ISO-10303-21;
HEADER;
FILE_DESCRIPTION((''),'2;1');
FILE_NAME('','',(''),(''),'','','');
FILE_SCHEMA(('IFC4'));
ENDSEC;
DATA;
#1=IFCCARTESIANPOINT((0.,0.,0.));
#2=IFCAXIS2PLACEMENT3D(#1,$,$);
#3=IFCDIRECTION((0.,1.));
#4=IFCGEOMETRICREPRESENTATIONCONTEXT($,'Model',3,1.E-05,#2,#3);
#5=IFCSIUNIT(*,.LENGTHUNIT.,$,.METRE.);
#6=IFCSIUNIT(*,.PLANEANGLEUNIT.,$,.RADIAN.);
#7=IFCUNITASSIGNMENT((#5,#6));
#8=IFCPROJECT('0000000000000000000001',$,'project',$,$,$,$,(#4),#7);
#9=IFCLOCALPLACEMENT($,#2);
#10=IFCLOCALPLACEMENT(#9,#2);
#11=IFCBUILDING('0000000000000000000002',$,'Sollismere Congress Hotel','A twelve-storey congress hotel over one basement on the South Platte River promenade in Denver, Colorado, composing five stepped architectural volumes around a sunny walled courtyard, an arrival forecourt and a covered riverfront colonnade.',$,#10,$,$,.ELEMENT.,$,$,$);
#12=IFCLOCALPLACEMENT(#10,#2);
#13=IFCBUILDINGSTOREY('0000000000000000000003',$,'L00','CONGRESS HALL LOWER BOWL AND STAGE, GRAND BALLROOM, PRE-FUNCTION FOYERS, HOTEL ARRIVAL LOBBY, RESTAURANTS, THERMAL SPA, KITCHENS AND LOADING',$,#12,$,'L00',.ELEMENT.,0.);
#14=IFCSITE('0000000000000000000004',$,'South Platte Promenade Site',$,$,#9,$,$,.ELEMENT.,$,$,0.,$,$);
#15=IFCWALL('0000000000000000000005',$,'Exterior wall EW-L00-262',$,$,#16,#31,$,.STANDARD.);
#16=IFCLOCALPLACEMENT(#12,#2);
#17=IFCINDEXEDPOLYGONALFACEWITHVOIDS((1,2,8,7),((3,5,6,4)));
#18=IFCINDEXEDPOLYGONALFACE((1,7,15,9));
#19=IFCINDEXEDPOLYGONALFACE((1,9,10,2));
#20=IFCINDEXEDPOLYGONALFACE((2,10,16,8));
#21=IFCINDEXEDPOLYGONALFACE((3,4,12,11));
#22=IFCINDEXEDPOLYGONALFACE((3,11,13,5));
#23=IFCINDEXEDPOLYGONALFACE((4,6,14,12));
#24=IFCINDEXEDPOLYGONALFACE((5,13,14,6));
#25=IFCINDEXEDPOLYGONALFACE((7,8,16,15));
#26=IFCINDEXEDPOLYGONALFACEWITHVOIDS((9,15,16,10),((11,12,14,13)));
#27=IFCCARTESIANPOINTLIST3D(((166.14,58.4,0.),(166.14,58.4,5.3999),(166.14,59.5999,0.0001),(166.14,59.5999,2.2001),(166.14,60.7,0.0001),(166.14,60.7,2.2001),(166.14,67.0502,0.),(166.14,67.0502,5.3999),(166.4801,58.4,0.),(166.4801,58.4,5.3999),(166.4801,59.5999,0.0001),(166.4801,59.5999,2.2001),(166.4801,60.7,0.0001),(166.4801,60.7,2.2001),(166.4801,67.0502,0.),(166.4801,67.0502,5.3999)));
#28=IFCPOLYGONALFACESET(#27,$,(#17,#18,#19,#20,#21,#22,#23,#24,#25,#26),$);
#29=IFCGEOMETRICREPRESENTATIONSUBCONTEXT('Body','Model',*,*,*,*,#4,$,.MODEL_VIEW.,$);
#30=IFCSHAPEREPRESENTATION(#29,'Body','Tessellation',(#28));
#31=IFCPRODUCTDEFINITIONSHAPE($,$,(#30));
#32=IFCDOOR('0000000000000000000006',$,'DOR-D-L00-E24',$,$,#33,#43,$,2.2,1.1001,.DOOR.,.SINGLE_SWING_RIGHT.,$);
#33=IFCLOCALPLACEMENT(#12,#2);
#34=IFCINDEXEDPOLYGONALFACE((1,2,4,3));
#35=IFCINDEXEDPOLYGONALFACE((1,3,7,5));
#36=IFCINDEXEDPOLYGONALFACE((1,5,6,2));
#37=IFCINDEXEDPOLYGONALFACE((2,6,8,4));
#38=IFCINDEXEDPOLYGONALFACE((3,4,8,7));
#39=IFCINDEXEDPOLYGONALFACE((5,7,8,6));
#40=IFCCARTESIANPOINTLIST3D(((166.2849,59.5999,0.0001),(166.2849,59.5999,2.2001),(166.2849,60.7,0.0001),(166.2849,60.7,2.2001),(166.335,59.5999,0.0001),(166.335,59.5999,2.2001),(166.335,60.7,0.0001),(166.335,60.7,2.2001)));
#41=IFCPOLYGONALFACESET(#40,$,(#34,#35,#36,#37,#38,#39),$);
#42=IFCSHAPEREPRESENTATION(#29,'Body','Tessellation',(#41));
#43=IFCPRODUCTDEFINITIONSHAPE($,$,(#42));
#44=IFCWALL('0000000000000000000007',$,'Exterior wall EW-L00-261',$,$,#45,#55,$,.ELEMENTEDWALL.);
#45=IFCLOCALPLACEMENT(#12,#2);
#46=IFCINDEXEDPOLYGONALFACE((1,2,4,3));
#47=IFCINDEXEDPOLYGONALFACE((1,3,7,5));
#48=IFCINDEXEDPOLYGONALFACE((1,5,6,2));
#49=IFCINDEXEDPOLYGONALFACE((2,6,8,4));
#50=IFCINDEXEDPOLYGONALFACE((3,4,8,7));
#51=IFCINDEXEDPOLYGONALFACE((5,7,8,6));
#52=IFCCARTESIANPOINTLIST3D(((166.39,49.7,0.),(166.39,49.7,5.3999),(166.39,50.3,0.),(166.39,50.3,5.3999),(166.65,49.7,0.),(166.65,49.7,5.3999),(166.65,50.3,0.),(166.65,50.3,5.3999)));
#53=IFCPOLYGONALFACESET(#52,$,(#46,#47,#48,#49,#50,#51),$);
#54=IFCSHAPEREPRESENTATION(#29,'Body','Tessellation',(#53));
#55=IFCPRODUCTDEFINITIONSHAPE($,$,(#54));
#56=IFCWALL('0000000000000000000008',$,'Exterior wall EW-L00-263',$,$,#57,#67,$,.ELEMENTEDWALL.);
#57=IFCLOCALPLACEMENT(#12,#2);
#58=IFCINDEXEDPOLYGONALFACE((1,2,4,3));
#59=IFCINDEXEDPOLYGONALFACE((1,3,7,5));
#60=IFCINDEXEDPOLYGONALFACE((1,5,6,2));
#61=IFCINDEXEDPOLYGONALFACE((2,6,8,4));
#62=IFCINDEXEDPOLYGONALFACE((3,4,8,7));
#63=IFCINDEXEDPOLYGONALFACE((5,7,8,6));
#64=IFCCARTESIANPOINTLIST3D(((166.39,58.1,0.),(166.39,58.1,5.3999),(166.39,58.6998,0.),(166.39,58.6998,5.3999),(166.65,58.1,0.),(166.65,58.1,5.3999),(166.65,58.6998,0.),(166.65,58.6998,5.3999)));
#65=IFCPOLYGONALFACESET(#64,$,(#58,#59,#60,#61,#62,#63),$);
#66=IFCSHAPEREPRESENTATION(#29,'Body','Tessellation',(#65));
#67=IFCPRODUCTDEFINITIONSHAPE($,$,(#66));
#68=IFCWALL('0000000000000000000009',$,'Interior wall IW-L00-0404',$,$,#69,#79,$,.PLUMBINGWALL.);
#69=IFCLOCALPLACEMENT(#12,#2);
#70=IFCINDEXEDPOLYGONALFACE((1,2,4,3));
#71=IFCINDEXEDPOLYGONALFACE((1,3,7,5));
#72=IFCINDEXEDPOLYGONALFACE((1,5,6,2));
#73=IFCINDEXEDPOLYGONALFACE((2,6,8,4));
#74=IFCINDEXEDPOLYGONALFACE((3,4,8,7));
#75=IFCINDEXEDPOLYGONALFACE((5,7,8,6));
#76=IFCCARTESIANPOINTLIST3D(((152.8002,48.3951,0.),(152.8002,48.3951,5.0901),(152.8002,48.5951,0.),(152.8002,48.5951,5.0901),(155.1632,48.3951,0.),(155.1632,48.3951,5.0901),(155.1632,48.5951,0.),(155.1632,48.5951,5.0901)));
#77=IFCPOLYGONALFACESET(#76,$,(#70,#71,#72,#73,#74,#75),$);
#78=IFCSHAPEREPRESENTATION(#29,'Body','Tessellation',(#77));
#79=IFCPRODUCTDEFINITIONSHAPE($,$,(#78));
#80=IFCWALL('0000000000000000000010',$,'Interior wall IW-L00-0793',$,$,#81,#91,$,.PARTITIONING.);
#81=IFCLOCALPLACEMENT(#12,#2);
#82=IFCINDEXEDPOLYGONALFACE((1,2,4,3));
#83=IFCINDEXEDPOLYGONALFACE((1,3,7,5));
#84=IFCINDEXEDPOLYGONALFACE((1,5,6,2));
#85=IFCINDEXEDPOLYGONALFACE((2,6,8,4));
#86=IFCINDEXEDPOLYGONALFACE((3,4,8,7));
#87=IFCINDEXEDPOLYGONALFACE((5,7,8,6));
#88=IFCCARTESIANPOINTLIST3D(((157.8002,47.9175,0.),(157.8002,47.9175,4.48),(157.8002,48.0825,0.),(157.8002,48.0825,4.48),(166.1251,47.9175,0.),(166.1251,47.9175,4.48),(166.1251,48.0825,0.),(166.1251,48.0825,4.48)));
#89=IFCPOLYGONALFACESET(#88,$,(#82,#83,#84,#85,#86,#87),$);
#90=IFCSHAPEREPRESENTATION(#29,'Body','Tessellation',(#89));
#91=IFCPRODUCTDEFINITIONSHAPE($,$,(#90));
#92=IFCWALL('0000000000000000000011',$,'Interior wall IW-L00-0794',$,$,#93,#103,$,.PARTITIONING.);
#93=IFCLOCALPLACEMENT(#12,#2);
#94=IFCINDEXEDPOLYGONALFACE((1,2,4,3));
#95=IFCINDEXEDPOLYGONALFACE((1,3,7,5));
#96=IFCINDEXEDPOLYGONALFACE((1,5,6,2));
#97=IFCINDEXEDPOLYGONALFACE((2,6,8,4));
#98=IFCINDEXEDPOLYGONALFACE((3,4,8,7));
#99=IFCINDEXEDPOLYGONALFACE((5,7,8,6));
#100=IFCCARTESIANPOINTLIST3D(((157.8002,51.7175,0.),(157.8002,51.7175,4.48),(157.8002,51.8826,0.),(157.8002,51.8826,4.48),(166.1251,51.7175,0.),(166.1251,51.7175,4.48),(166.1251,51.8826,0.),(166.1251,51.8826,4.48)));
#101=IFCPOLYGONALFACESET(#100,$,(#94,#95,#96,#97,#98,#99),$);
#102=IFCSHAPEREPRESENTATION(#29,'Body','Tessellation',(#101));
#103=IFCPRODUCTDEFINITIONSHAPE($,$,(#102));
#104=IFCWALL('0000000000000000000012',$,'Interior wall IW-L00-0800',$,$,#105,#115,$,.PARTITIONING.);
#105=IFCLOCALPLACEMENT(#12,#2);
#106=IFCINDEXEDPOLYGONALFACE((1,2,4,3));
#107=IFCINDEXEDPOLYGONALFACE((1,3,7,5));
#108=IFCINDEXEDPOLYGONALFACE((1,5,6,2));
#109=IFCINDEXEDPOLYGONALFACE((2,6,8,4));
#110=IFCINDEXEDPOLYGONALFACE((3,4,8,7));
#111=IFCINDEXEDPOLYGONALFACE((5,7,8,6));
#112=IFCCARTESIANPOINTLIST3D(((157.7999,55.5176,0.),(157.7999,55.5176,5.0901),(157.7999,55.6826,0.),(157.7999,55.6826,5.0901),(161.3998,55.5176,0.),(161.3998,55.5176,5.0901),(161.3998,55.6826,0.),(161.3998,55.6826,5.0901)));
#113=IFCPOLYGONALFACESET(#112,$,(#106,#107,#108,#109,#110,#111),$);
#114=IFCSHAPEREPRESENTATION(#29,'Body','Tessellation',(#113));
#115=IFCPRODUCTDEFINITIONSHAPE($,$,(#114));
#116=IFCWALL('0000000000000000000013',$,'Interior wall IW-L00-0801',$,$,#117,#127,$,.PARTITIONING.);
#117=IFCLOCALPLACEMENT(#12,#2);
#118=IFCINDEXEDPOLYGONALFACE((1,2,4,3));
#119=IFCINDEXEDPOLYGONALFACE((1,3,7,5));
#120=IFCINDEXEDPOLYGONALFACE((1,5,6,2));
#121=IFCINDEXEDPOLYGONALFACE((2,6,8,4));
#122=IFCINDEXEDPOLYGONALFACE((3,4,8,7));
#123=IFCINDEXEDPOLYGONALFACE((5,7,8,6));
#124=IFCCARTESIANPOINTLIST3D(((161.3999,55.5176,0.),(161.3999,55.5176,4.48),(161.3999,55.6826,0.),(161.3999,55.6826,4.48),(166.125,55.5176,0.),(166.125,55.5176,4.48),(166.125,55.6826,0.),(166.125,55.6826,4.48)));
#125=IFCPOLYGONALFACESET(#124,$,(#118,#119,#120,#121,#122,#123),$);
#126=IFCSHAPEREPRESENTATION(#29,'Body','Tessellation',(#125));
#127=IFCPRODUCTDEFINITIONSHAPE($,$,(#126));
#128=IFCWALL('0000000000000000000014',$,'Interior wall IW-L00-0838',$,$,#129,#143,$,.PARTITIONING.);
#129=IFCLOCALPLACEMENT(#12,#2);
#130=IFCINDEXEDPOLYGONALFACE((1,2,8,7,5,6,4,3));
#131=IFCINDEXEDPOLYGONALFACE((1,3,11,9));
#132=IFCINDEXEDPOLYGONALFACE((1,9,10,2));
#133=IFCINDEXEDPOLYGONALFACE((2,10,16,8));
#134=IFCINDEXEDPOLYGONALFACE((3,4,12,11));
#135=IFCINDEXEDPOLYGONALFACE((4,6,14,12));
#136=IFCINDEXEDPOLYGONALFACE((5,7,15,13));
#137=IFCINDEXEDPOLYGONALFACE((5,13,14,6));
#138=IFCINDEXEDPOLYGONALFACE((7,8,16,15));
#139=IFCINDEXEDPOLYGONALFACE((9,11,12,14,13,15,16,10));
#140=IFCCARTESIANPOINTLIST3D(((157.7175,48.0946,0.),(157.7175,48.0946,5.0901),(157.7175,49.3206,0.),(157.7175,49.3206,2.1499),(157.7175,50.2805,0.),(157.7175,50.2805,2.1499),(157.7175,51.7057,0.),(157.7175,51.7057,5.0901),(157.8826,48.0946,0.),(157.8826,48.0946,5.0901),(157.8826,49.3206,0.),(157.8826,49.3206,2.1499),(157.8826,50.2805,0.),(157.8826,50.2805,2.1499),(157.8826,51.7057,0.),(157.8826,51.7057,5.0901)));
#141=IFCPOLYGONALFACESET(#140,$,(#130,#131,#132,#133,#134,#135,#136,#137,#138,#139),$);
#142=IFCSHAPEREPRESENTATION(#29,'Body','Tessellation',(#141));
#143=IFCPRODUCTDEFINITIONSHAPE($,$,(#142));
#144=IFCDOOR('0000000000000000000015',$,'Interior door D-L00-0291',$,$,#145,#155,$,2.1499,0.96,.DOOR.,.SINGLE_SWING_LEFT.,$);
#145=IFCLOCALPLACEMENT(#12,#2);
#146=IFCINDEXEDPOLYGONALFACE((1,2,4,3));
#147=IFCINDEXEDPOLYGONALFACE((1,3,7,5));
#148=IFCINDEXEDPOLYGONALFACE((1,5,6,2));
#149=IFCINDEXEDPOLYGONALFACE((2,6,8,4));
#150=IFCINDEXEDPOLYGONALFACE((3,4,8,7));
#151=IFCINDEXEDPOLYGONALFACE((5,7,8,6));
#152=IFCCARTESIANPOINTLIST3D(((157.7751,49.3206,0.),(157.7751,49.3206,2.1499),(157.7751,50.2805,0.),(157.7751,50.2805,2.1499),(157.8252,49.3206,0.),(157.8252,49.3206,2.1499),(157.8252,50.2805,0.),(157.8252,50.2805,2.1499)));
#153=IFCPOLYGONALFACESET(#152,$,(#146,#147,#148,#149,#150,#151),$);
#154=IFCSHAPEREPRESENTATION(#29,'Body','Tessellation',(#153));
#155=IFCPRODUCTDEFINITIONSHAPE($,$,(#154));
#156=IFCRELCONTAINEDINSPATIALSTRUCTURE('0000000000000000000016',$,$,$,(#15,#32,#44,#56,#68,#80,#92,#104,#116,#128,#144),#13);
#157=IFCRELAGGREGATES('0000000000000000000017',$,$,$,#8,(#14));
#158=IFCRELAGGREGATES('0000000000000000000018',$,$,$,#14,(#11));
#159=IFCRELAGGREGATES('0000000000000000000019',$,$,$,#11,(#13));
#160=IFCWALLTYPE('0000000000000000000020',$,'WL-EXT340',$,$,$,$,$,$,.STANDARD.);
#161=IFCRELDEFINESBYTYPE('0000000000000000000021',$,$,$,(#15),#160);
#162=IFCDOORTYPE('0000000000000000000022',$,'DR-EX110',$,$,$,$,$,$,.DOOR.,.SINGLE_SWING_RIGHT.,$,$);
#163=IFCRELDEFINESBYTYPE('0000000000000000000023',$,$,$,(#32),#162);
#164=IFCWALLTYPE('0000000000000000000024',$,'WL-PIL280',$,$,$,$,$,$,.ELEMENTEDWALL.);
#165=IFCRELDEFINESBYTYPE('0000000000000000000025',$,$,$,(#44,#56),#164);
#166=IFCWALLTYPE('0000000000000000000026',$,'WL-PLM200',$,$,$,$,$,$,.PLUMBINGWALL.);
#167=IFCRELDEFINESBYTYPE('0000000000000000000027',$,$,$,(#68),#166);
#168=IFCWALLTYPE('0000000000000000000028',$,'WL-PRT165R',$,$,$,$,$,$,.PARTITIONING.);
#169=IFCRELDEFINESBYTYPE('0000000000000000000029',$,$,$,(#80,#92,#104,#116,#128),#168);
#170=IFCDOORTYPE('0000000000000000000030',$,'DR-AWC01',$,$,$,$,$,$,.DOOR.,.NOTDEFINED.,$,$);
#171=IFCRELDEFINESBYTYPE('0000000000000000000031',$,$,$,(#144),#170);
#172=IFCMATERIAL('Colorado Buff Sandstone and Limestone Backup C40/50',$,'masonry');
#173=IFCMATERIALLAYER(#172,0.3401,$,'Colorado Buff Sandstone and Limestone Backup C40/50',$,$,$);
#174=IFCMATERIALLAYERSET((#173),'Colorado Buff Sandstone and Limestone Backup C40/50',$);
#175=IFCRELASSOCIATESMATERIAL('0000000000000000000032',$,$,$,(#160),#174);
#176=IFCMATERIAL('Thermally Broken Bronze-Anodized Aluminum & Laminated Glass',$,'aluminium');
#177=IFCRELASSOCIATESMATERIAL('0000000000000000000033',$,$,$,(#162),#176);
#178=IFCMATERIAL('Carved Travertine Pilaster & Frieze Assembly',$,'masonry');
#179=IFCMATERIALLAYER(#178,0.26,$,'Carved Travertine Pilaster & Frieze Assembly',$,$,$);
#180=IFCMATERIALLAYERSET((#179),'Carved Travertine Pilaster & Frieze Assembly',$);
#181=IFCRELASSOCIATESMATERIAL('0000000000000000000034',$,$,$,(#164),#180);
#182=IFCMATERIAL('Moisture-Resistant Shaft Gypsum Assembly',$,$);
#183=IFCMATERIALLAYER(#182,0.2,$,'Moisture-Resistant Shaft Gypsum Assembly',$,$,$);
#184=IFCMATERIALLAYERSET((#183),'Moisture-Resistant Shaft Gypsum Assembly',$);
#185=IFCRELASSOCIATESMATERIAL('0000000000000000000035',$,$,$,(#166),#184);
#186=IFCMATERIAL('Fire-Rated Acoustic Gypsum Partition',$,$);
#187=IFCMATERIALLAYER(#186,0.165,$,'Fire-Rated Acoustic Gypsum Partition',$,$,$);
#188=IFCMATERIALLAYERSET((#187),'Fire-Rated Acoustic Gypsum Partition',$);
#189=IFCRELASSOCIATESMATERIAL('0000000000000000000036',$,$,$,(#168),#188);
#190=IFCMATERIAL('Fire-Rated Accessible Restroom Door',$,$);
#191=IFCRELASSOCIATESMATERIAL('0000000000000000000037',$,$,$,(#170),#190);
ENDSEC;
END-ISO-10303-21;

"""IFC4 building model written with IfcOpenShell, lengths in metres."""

from ifc_helpers import new_model, si_unit, direction, frame, frame_2d, origin, place, context, subcontext, project, spatial, rectangle, extrude, material, layer, layer_set, type_object, element, fill, save


model = new_model("IFC4")

# Units and contexts
model_context = context("Model", 3, precision=1e-05, world=origin(), true_north=direction((0.0, 1.0)))
body_context = subcontext(model_context, "Body", "Model", "MODEL_VIEW")
ifc_project = project(units=[si_unit("LENGTHUNIT", "METRE"), si_unit("PLANEANGLEUNIT", "RADIAN")], contexts=[model_context])

# Site, building, storey
site_placement = place(None, origin())
site = spatial("IfcSite", under=ifc_project, at=site_placement, Name="South Platte Promenade Site", CompositionType="ELEMENT", RefElevation=0.0)
building_placement = place(site_placement, origin())
building = spatial("IfcBuilding", under=site, at=building_placement, Name="Sollismere Congress Hotel", Description="A twelve-storey congress hotel over one basement on the South Platte River promenade in Denver, Colorado, composing five stepped architectural volumes around a sunny walled courtyard, an arrival forecourt and a covered riverfront colonnade.", CompositionType="ELEMENT")
storey_placement = place(building_placement, origin())
storey = spatial("IfcBuildingStorey", under=building, at=storey_placement, Name="L00", Description="CONGRESS HALL LOWER BOWL AND STAGE, GRAND BALLROOM, PRE-FUNCTION FOYERS, HOTEL ARRIVAL LOBBY, RESTAURANTS, THERMAL SPA, KITCHENS AND LOADING", LongName="L00", CompositionType="ELEMENT", Elevation=0.0)

# Shared definitions
ifc_material_1 = material(Name="Colorado Buff Sandstone and Limestone Backup C40/50", Category="masonry")
ifc_layer_1 = layer(ifc_material_1, 0.3401, Name="Colorado Buff Sandstone and Limestone Backup C40/50")
ifc_layer_set_1 = layer_set([ifc_layer_1], Name="Colorado Buff Sandstone and Limestone Backup C40/50")
wall_type_1 = type_object("IfcWallType", Name="WL-EXT340", PredefinedType="STANDARD", material=ifc_layer_set_1)

# Wall, opening, door
wall_1_placement = place(storey_placement, frame((166.3101, 58.3999, 0.0), z_axis=(0.0, 0.0, 1.0), x_axis=(0.0, 1.0, 0.0)))
wall_1 = element("IfcWall", 1, at=wall_1_placement, inside=storey, type_object=wall_type_1, Name="Exterior wall EW-L00-262", PredefinedType="STANDARD", context=body_context, shape_type="SweptSolid", body=[
    extrude(rectangle(XDim=8.6501, YDim=0.3401, at=frame_2d((4.3252, 0.0))), origin(), (0.0, 0.0, 1.0), 5.3999),
])
opening_1_placement = place(wall_1_placement, frame((1.2, 0.0, 0.0)))
opening_1 = element("IfcOpeningElement", 2, at=opening_1_placement, cuts=wall_1, PredefinedType="OPENING", context=body_context, shape_type="SweptSolid", body=[
    extrude(rectangle(XDim=1.1001, YDim=2.2, at=frame_2d((0.55, 1.1001))), frame((0.0, 0.1799, 0.0), z_axis=(0.0, -1.0, 0.0), x_axis=(1.0, 0.0, 0.0)), (0.0, 0.0, 1.0), 0.3601),
])
ifc_material_2 = material(Name="Thermally Broken Bronze-Anodized Aluminum & Laminated Glass", Category="aluminium")
door_type_1 = type_object("IfcDoorType", Name="DR-EX110", OperationType="SINGLE_SWING_RIGHT", PredefinedType="DOOR", material=ifc_material_2)
door_1_placement = place(opening_1_placement, frame((1.1001, 0.0, 0.0), z_axis=(0.0, 0.0, 1.0), x_axis=(-1.0, 0.0, 0.0)))
door_1 = element("IfcDoor", 3, at=door_1_placement, inside=storey, type_object=door_type_1, Name="DOR-D-L00-E24", OperationType="SINGLE_SWING_RIGHT", OverallHeight=2.2, OverallWidth=1.1001, PredefinedType="DOOR", context=body_context, shape_type="SweptSolid", body=[
    extrude(rectangle(XDim=1.1001, YDim=2.2, at=frame_2d((0.55, 1.1001))), frame((0.0, 0.0249, 0.0), z_axis=(0.0, -1.0, 0.0), x_axis=(1.0, 0.0, 0.0)), (0.0, 0.0, 1.0), 0.05),
])
fill(opening_1, door_1)

# Walls
ifc_material_3 = material(Name="Carved Travertine Pilaster & Frieze Assembly", Category="masonry")
ifc_layer_2 = layer(ifc_material_3, 0.26, Name="Carved Travertine Pilaster & Frieze Assembly")
ifc_layer_set_2 = layer_set([ifc_layer_2], Name="Carved Travertine Pilaster & Frieze Assembly")
wall_type_2 = type_object("IfcWallType", Name="WL-PIL280", PredefinedType="ELEMENTEDWALL", material=ifc_layer_set_2)
wall_2_placement = place(storey_placement, frame((166.52, 49.7, 0.0), z_axis=(0.0, 0.0, 1.0), x_axis=(0.0, 1.0, 0.0)))
element("IfcWall", 4, at=wall_2_placement, inside=storey, type_object=wall_type_2, Name="Exterior wall EW-L00-261", PredefinedType="ELEMENTEDWALL", context=body_context, shape_type="SweptSolid", body=[
    extrude(rectangle(XDim=0.6001, YDim=0.26, at=frame_2d((0.3, 0.0))), origin(), (0.0, 0.0, 1.0), 5.3999),
])
wall_3_placement = place(storey_placement, frame((166.52, 58.1001, 0.0), z_axis=(0.0, 0.0, 1.0), x_axis=(0.0, 1.0, 0.0)))
element("IfcWall", 5, at=wall_3_placement, inside=storey, type_object=wall_type_2, Name="Exterior wall EW-L00-263", PredefinedType="ELEMENTEDWALL", context=body_context, shape_type="SweptSolid", body=[
    extrude(rectangle(XDim=0.5999, YDim=0.26, at=frame_2d((0.2998, 0.0))), origin(), (0.0, 0.0, 1.0), 5.3999),
])
ifc_material_4 = material(Name="Moisture-Resistant Shaft Gypsum Assembly")
ifc_layer_3 = layer(ifc_material_4, 0.2, Name="Moisture-Resistant Shaft Gypsum Assembly")
ifc_layer_set_3 = layer_set([ifc_layer_3], Name="Moisture-Resistant Shaft Gypsum Assembly")
wall_type_3 = type_object("IfcWallType", Name="WL-PLM200", PredefinedType="PLUMBINGWALL", material=ifc_layer_set_3)
wall_4_placement = place(storey_placement, frame((152.8, 48.4951, 0.0), z_axis=(0.0, 0.0, 1.0), x_axis=(1.0, 0.0, 0.0)))
element("IfcWall", 6, at=wall_4_placement, inside=storey, type_object=wall_type_3, Name="Interior wall IW-L00-0404", PredefinedType="PLUMBINGWALL", context=body_context, shape_type="SweptSolid", body=[
    extrude(rectangle(XDim=2.363, YDim=0.2, at=frame_2d((1.1816, 0.0))), origin(), (0.0, 0.0, 1.0), 5.0901),
])
ifc_material_5 = material(Name="Fire-Rated Acoustic Gypsum Partition")
ifc_layer_4 = layer(ifc_material_5, 0.165, Name="Fire-Rated Acoustic Gypsum Partition")
ifc_layer_set_4 = layer_set([ifc_layer_4], Name="Fire-Rated Acoustic Gypsum Partition")
wall_type_4 = type_object("IfcWallType", Name="WL-PRT165R", PredefinedType="PARTITIONING", material=ifc_layer_set_4)
for number, where, z_axis, x_axis, name in (
    (7, (157.8, 48.0, 0.0), (0.0, 0.0, 1.0), (1.0, 0.0, 0.0), "Interior wall IW-L00-0793"),
    (8, (157.8, 51.8, 0.0), (0.0, 0.0, 1.0), (1.0, 0.0, 0.0), "Interior wall IW-L00-0794"),
):
    element("IfcWall", number, at=place(storey_placement, frame(where, z_axis=z_axis, x_axis=x_axis)), inside=storey, type_object=wall_type_4, Name=name, PredefinedType="PARTITIONING", context=body_context, shape_type="SweptSolid", body=[
        extrude(rectangle(XDim=8.325, YDim=0.165, at=frame_2d((4.1626, 0.0))), origin(), (0.0, 0.0, 1.0), 4.48),
    ])
wall_5_placement = place(storey_placement, frame((157.8, 55.6001, 0.0), z_axis=(0.0, 0.0, 1.0), x_axis=(1.0, 0.0, 0.0)))
element("IfcWall", 9, at=wall_5_placement, inside=storey, type_object=wall_type_4, Name="Interior wall IW-L00-0800", PredefinedType="PARTITIONING", context=body_context, shape_type="SweptSolid", body=[
    extrude(rectangle(XDim=3.5999, YDim=0.165, at=frame_2d((1.7998, 0.0))), origin(), (0.0, 0.0, 1.0), 5.0901),
])
wall_6_placement = place(storey_placement, frame((161.3999, 55.6001, 0.0), z_axis=(0.0, 0.0, 1.0), x_axis=(1.0, 0.0, 0.0)))
element("IfcWall", 10, at=wall_6_placement, inside=storey, type_object=wall_type_4, Name="Interior wall IW-L00-0801", PredefinedType="PARTITIONING", context=body_context, shape_type="SweptSolid", body=[
    extrude(rectangle(XDim=4.7251, YDim=0.165, at=frame_2d((2.3625, 0.0))), origin(), (0.0, 0.0, 1.0), 4.48),
])

# Wall, opening, door
wall_7_placement = place(storey_placement, frame((157.8, 48.0945, 0.0), z_axis=(0.0, 0.0, 1.0), x_axis=(0.0, 1.0, 0.0)))
wall_7 = element("IfcWall", 11, at=wall_7_placement, inside=storey, type_object=wall_type_4, Name="Interior wall IW-L00-0838", PredefinedType="PARTITIONING", context=body_context, shape_type="SweptSolid", body=[
    extrude(rectangle(XDim=3.6111, YDim=0.165, at=frame_2d((1.8057, 0.0))), origin(), (0.0, 0.0, 1.0), 5.0901),
])
opening_2_placement = place(wall_7_placement, frame((1.2261, 0.0, 0.0)))
opening_2 = element("IfcOpeningElement", 12, at=opening_2_placement, cuts=wall_7, PredefinedType="OPENING", context=body_context, shape_type="SweptSolid", body=[
    extrude(rectangle(XDim=0.96, YDim=2.1499, at=frame_2d((0.48, 1.075))), frame((0.0, 0.0925, 0.0), z_axis=(0.0, -1.0, 0.0), x_axis=(1.0, 0.0, 0.0)), (0.0, 0.0, 1.0), 0.1851),
])
ifc_material_6 = material(Name="Fire-Rated Accessible Restroom Door")
door_type_2 = type_object("IfcDoorType", Name="DR-AWC01", OperationType="NOTDEFINED", PredefinedType="DOOR", material=ifc_material_6)
door_2_placement = place(opening_2_placement, origin())
door_2 = element("IfcDoor", 13, at=door_2_placement, inside=storey, type_object=door_type_2, Name="Interior door D-L00-0291", OperationType="SINGLE_SWING_LEFT", OverallHeight=2.1499, OverallWidth=0.96, PredefinedType="DOOR", context=body_context, shape_type="SweptSolid", body=[
    extrude(rectangle(XDim=0.96, YDim=2.1499, at=frame_2d((0.48, 1.075))), frame((0.0, 0.0249, 0.0), z_axis=(0.0, -1.0, 0.0), x_axis=(1.0, 0.0, 0.0)), (0.0, 0.0, 1.0), 0.05),
])
fill(opening_2, door_2)

save(model, "model.ifc")
